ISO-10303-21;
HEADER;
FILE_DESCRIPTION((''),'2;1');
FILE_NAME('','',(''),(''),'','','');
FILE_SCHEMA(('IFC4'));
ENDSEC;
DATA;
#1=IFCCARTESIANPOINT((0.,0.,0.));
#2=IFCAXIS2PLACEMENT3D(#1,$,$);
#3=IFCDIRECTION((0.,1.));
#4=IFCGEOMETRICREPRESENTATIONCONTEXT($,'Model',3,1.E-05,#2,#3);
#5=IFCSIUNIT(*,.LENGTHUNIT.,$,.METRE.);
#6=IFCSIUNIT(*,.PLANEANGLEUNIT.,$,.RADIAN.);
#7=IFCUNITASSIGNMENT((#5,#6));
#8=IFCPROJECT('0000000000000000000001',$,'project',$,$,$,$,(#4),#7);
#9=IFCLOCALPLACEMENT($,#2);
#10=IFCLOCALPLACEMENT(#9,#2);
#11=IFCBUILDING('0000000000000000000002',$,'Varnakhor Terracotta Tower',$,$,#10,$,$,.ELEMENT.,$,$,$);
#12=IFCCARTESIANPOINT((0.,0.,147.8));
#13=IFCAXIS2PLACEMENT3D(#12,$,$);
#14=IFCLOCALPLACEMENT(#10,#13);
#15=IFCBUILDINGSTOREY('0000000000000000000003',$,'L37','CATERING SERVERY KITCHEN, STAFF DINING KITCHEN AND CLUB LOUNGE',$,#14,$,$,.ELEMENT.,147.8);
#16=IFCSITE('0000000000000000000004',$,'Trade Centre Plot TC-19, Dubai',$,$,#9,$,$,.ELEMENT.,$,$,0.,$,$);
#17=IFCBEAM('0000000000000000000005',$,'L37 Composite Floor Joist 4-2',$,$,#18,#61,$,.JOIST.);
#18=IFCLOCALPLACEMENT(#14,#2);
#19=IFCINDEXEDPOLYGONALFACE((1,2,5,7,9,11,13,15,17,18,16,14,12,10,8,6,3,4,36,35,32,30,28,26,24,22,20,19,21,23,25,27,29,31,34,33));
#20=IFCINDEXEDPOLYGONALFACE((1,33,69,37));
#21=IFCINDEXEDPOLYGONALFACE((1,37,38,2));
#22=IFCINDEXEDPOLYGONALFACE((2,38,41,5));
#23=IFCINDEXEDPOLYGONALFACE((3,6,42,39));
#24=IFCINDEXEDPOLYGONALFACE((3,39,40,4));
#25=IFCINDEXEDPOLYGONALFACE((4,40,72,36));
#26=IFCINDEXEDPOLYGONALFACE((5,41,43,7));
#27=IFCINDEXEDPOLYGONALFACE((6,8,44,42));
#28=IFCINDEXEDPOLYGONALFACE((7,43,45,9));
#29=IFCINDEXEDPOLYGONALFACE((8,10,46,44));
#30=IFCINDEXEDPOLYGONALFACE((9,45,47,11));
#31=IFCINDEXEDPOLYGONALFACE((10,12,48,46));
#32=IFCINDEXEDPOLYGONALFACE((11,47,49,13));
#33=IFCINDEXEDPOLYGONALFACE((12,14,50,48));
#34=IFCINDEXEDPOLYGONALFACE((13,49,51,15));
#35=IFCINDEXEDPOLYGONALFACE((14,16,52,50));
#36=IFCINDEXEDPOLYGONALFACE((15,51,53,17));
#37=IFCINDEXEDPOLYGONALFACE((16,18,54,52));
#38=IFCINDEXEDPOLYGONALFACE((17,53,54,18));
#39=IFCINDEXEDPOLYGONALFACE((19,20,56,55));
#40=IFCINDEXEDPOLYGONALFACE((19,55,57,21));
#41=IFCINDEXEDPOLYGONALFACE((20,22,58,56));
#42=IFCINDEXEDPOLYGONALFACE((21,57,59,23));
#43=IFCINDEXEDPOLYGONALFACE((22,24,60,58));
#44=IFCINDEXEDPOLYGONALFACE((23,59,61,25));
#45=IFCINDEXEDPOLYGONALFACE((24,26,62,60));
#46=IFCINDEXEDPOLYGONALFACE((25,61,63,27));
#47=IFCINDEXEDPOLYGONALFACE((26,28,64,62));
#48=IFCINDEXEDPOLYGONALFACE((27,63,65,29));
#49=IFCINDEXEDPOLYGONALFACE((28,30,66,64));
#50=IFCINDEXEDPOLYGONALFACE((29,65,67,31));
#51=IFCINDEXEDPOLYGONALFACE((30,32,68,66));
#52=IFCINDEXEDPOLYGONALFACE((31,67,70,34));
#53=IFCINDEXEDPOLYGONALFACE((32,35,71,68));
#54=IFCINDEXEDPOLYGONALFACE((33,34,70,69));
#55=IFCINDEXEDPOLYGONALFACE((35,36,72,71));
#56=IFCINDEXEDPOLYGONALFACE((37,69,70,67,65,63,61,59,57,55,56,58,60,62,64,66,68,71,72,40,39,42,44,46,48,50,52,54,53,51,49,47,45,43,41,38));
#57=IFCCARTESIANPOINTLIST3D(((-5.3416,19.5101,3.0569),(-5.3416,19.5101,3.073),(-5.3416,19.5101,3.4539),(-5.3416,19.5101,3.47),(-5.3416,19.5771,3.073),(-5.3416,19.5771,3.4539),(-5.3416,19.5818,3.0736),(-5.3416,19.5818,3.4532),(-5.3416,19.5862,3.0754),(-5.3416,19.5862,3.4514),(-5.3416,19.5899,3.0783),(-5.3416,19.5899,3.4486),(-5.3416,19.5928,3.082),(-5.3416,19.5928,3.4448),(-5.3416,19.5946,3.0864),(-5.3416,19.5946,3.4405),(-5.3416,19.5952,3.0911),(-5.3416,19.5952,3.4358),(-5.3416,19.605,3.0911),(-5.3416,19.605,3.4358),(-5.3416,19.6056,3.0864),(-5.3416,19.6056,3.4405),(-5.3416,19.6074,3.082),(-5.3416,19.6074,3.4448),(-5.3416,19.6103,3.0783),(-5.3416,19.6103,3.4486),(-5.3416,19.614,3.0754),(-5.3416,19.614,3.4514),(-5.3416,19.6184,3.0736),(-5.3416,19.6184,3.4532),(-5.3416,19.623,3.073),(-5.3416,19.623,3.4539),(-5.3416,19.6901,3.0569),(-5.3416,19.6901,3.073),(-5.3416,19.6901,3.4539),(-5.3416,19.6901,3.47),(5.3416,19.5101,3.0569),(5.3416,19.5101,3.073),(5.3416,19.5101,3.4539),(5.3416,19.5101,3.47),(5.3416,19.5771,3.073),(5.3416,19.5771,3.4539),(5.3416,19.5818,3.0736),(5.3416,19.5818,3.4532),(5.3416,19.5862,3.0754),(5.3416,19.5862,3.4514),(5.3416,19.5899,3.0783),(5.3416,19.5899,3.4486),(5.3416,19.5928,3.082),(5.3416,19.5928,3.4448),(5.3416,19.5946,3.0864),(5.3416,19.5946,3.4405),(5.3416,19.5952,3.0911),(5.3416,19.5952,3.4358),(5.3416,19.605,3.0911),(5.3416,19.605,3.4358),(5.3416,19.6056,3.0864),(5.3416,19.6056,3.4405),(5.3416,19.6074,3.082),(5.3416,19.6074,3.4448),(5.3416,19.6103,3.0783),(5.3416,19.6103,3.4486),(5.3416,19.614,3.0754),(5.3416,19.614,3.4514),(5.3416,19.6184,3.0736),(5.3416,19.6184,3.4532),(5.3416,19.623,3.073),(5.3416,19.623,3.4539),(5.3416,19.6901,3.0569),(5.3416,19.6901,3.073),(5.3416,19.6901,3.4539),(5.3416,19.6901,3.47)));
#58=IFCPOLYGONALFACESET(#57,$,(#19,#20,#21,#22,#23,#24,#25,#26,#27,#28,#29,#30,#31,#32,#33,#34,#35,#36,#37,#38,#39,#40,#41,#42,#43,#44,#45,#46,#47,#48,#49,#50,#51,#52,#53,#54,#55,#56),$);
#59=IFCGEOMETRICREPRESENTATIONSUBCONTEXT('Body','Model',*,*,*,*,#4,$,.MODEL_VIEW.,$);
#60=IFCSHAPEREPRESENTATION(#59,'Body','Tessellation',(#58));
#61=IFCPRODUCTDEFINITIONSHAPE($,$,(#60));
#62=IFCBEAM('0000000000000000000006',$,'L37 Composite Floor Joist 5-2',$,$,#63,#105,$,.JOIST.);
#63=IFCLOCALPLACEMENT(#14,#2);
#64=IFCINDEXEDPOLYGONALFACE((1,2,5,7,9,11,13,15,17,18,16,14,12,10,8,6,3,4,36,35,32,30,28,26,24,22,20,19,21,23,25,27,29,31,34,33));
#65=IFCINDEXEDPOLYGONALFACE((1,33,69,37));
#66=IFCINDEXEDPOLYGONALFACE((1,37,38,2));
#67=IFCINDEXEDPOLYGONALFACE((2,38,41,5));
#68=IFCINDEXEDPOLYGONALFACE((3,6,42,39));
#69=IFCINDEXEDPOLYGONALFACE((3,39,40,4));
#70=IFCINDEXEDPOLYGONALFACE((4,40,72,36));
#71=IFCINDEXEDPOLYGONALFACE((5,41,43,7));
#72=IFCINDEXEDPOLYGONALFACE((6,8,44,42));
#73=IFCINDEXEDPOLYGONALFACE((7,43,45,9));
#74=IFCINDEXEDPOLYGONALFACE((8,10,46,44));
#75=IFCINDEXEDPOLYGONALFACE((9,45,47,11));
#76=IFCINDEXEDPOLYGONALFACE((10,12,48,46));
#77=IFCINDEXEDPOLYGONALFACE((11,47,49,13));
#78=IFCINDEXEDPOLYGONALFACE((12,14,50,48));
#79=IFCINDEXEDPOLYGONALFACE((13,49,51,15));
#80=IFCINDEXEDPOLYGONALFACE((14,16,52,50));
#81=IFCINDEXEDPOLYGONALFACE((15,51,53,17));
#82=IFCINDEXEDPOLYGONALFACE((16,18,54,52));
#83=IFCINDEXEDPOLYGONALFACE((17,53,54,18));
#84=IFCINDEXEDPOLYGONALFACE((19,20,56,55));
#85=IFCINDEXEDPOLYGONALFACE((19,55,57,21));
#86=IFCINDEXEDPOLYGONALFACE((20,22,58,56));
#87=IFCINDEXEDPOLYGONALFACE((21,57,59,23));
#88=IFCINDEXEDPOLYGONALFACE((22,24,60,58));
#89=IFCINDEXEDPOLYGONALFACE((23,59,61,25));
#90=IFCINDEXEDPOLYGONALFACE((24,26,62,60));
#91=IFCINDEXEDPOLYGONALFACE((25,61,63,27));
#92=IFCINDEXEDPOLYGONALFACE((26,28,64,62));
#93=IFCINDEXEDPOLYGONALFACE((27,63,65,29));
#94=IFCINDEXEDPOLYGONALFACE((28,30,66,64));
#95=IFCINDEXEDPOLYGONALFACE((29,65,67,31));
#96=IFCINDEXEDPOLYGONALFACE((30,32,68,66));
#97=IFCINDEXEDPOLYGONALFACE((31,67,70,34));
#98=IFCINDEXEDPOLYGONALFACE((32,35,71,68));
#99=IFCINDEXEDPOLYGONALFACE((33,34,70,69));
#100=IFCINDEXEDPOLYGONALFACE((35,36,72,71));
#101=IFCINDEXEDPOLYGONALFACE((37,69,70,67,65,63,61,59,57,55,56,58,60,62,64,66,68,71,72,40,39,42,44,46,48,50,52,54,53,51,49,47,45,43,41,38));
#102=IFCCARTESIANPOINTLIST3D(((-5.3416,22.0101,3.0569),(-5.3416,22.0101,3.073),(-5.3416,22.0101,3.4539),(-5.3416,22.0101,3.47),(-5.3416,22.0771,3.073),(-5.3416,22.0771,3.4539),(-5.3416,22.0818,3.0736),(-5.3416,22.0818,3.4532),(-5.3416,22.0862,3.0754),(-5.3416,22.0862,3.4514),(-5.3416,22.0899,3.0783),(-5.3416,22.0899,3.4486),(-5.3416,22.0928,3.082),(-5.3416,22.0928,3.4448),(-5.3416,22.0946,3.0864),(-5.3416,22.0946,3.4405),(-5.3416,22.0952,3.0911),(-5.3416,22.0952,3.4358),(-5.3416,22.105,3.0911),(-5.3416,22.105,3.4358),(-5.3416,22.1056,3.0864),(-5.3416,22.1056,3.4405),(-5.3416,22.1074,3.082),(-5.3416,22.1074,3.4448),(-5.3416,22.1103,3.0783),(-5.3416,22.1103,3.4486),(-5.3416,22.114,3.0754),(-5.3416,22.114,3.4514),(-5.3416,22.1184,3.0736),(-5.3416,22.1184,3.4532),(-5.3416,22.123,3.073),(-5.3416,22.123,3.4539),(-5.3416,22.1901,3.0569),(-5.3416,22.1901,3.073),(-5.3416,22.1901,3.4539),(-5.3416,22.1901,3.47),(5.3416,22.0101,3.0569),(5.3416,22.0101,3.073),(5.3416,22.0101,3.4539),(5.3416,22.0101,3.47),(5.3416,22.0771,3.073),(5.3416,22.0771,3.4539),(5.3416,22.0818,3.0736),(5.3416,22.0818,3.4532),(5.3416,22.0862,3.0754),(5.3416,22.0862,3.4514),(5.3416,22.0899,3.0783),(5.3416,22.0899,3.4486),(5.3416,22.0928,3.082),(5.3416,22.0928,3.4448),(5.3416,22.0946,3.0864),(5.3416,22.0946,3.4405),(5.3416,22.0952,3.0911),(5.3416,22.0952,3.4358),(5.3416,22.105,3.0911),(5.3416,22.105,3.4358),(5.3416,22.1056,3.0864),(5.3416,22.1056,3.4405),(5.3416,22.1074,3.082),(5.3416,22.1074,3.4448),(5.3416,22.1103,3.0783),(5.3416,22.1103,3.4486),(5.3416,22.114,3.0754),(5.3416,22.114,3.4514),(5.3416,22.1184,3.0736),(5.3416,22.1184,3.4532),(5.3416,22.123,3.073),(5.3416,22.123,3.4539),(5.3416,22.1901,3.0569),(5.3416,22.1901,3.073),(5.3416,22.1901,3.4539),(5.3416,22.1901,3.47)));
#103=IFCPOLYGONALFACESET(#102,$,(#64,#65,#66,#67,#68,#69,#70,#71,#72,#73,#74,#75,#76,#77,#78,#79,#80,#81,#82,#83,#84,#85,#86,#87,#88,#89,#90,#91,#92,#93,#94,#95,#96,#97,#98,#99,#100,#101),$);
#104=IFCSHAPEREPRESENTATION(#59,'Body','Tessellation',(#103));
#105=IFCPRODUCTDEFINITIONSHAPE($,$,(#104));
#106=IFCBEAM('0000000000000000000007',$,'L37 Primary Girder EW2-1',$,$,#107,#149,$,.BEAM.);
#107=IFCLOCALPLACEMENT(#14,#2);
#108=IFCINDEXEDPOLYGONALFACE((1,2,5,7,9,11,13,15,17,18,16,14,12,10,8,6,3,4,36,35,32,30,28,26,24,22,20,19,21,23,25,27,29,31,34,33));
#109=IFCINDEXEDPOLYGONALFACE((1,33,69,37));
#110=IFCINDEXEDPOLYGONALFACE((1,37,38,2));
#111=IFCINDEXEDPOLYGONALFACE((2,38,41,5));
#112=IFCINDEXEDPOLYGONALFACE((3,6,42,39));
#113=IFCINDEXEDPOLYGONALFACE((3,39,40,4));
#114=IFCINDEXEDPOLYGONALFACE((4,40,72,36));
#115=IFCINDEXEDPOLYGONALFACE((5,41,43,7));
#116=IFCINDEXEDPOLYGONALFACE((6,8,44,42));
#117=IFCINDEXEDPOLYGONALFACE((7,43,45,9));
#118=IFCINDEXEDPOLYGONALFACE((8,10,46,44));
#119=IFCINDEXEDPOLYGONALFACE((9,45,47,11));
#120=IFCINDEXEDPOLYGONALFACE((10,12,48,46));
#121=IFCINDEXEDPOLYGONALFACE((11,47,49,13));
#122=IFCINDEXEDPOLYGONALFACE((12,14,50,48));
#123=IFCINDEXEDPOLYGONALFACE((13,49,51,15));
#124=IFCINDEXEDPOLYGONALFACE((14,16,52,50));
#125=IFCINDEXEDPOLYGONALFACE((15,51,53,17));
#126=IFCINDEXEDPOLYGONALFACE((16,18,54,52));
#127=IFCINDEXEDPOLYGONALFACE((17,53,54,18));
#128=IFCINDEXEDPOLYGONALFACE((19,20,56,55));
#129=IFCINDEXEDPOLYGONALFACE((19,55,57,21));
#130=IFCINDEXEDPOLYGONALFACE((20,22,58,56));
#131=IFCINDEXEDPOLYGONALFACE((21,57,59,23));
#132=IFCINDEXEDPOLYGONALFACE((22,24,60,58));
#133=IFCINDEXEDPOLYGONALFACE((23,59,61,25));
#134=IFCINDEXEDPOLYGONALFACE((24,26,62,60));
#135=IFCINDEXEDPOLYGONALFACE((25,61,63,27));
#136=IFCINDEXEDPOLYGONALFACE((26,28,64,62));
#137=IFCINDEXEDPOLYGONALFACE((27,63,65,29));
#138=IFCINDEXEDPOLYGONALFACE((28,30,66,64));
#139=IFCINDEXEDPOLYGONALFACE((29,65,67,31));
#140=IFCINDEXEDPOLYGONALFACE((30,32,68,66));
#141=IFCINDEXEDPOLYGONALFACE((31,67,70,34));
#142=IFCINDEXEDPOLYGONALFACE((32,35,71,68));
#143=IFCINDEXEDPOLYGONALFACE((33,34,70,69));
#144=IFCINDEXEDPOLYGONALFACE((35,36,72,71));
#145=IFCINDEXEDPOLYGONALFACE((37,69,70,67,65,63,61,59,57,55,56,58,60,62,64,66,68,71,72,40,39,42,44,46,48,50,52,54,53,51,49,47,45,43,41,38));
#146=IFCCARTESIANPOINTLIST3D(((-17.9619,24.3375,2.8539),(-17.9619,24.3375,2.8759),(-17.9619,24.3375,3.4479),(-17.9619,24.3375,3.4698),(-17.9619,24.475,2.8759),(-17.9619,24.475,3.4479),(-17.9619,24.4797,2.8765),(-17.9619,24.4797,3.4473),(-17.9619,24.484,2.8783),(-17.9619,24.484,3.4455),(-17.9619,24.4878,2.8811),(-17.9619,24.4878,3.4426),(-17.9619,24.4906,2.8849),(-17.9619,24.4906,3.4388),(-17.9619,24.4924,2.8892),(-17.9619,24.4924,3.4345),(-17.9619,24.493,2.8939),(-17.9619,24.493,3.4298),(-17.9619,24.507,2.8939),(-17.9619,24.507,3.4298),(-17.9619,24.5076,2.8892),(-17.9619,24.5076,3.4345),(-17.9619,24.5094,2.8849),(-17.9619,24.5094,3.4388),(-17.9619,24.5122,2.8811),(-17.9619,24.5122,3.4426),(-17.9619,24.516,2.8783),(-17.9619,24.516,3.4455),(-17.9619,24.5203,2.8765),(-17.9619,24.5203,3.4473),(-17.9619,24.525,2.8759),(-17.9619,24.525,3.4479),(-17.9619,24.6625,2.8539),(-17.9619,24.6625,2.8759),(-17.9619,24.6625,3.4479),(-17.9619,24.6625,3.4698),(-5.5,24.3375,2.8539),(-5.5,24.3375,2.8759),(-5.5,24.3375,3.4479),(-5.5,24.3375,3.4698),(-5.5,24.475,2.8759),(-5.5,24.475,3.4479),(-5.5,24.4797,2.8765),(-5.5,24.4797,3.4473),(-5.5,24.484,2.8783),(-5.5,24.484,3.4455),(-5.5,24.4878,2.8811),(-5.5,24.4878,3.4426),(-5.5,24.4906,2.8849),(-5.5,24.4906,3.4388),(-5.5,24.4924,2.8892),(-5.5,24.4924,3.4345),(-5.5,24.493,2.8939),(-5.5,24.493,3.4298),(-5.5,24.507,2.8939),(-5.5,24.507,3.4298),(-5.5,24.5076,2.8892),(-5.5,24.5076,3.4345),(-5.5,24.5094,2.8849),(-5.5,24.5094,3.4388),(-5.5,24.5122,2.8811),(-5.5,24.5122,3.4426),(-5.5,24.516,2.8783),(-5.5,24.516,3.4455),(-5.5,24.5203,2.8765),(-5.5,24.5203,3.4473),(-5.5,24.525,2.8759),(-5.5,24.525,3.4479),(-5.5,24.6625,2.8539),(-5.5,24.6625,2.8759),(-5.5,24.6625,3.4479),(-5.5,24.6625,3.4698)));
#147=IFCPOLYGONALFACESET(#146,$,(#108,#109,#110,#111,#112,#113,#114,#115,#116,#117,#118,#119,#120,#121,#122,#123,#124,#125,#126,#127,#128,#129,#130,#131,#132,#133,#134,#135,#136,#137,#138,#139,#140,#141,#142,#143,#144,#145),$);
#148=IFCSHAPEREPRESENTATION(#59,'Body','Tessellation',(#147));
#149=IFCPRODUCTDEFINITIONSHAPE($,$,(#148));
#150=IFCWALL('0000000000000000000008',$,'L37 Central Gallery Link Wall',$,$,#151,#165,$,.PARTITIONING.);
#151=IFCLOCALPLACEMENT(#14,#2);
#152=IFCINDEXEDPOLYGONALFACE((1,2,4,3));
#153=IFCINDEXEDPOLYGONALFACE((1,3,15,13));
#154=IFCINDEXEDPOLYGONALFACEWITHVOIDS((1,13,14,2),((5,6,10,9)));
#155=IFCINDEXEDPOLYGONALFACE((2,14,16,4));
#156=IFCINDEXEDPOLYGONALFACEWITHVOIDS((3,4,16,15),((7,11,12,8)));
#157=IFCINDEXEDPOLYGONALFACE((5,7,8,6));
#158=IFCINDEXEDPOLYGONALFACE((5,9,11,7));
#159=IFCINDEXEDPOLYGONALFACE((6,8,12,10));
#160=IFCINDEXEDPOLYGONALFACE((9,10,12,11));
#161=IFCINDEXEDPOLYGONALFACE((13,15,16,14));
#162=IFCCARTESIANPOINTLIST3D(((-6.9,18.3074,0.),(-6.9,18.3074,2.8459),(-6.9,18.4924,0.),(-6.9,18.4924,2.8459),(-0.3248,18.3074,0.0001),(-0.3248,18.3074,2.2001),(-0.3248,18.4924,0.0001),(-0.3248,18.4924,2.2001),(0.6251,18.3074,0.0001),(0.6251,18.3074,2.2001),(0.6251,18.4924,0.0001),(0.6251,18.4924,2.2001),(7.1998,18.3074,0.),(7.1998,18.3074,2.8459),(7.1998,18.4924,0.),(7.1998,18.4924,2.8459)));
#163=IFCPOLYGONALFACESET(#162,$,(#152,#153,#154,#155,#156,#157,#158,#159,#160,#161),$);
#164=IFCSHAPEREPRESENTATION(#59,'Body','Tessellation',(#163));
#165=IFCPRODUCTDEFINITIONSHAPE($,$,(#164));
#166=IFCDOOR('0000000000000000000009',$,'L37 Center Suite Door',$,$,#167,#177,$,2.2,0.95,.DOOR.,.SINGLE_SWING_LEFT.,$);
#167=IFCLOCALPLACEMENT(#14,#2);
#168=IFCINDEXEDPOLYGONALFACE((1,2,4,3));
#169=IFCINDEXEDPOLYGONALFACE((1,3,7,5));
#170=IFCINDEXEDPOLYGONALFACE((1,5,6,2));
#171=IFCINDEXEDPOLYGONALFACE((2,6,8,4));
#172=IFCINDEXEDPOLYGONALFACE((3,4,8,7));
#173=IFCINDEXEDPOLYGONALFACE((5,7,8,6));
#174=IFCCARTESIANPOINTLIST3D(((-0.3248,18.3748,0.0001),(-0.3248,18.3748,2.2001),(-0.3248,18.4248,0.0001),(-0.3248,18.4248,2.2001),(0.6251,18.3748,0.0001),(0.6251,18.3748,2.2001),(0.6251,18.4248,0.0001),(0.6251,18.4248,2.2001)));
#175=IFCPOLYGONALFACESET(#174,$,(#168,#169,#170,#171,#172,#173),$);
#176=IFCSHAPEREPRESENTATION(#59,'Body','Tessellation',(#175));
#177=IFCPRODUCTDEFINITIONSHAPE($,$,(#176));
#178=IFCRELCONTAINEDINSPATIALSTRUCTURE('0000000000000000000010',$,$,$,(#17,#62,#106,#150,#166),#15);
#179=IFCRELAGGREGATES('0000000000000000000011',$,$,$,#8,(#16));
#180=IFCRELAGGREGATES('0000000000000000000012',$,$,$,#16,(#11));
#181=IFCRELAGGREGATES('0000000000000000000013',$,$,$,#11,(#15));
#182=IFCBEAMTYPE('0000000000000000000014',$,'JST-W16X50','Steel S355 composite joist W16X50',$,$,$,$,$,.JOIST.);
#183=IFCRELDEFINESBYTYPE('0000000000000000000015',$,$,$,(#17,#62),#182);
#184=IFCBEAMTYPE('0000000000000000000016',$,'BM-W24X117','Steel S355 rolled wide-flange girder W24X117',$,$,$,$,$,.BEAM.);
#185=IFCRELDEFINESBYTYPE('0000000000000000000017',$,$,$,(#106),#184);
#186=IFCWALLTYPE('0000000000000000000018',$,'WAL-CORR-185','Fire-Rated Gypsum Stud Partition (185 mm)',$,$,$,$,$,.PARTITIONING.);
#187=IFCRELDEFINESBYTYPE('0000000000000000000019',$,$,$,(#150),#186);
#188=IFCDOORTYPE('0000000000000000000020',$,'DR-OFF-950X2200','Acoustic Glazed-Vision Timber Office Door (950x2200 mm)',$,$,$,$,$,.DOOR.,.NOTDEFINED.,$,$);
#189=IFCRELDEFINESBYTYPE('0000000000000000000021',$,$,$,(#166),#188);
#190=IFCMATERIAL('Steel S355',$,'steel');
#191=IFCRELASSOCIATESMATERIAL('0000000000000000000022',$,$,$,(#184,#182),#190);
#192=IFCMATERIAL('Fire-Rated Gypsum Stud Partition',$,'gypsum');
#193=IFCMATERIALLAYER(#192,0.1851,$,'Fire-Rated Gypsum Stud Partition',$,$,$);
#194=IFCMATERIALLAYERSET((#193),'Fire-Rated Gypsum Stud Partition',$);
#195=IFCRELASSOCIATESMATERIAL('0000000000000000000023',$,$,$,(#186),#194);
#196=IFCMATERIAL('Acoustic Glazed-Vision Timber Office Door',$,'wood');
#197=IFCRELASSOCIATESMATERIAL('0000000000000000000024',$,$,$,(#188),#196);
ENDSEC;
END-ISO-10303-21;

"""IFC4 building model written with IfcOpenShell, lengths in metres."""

from ifc_helpers import new_model, si_unit, direction, frame, frame_2d, origin, origin_2d, place, context, subcontext, project, spatial, rectangle, i_section, extrude, source, transform, mapped, material, layer, layer_set, material_profile, profile_set, type_object, type_shapes, element, fill, save


model = new_model("IFC4")

# Units and contexts
model_context = context("Model", 3, precision=1e-05, world=origin(), true_north=direction((0.0, 1.0)))
body_context = subcontext(model_context, "Body", "Model", "MODEL_VIEW")
ifc_project = project(units=[si_unit("LENGTHUNIT", "METRE"), si_unit("PLANEANGLEUNIT", "RADIAN")], contexts=[model_context])

# Site, building, storey
site_placement = place(None, origin())
site = spatial("IfcSite", under=ifc_project, at=site_placement, Name="Trade Centre Plot TC-19, Dubai", CompositionType="ELEMENT", RefElevation=0.0)
building_placement = place(site_placement, origin())
building = spatial("IfcBuilding", under=site, at=building_placement, Name="Varnakhor Terracotta Tower", CompositionType="ELEMENT")
storey_placement = place(building_placement, frame((0.0, 0.0, 147.8)))
storey = spatial("IfcBuildingStorey", under=building, at=storey_placement, Name="L37", Description="CATERING SERVERY KITCHEN, STAFF DINING KITCHEN AND CLUB LOUNGE", CompositionType="ELEMENT", Elevation=147.8)

# Beams
ifc_material_1 = material(Name="Steel S355", Category="steel")
ifc_material_profile_1 = material_profile(ifc_material_1, i_section(OverallWidth=0.325, OverallDepth=0.616, WebThickness=0.0139, FlangeThickness=0.022, FilletRadius=0.0181, at=origin_2d()), Name="W24X117")
ifc_profile_set_1 = profile_set([ifc_material_profile_1], Name="Steel S355")
beam_type_1 = type_object("IfcBeamType", Name="BM-W24X117", Description="Steel S355 rolled wide-flange girder W24X117", PredefinedType="BEAM", material=ifc_profile_set_1)
ifc_material_profile_2 = material_profile(ifc_material_1, i_section(OverallWidth=0.1799, OverallDepth=0.4131, WebThickness=0.0098, FlangeThickness=0.0161, FilletRadius=0.0181, at=origin_2d()), Name="W16X50")
ifc_profile_set_2 = profile_set([ifc_material_profile_2], Name="Steel S355")
beam_type_2 = type_object("IfcBeamType", Name="JST-W16X50", Description="Steel S355 composite joist W16X50", PredefinedType="JOIST", material=ifc_profile_set_2)
shared_shape_1 = source(origin(), body_context, "Body", "SweptSolid", [
    extrude(i_section(OverallWidth=0.1799, OverallDepth=0.4131, WebThickness=0.0098, FlangeThickness=0.0161, FilletRadius=0.0181, at=origin_2d()), origin(), (0.0, 0.0, 1.0), 10.6831),
])
for number, where, z_axis, x_axis, name in (
    (1, (-5.3416, 19.6001, 3.2634), (1.0, 0.0, 0.0), (0.0, 1.0, 0.0), "L37 Composite Floor Joist 4-2"),
    (2, (-5.3416, 22.1001, 3.2634), (1.0, 0.0, 0.0), (0.0, 1.0, 0.0), "L37 Composite Floor Joist 5-2"),
):
    element("IfcBeam", number, at=place(storey_placement, frame(where, z_axis=z_axis, x_axis=x_axis)), inside=storey, type_object=beam_type_2, Name=name, PredefinedType="JOIST", context=body_context, shape_type="MappedRepresentation", body=[
        mapped(shared_shape_1, transform((0.0, 0.0, 0.0), scale=1.0)),
    ])
shared_shape_2 = source(origin(), body_context, "Body", "SweptSolid", [
    extrude(i_section(OverallWidth=0.325, OverallDepth=0.616, WebThickness=0.0139, FlangeThickness=0.022, FilletRadius=0.0181, at=origin_2d()), origin(), (0.0, 0.0, 1.0), 12.4619),
])
beam_1_placement = place(storey_placement, frame((-17.9619, 24.5, 3.1619), z_axis=(1.0, 0.0, 0.0), x_axis=(0.0, 1.0, 0.0)))
element("IfcBeam", 3, at=beam_1_placement, inside=storey, type_object=beam_type_1, Name="L37 Primary Girder EW2-1", PredefinedType="BEAM", context=body_context, shape_type="MappedRepresentation", body=[
    mapped(shared_shape_2, transform((0.0, 0.0, 0.0), scale=1.0)),
])

# Wall, opening, door
ifc_material_2 = material(Name="Fire-Rated Gypsum Stud Partition", Category="gypsum")
ifc_layer_1 = layer(ifc_material_2, 0.1851, Name="Fire-Rated Gypsum Stud Partition")
ifc_layer_set_1 = layer_set([ifc_layer_1], Name="Fire-Rated Gypsum Stud Partition")
wall_type_1 = type_object("IfcWallType", Name="WAL-CORR-185", Description="Fire-Rated Gypsum Stud Partition (185 mm)", PredefinedType="PARTITIONING", material=ifc_layer_set_1)
wall_1_placement = place(storey_placement, frame((-6.8999, 18.3999, 0.0), z_axis=(0.0, 0.0, 1.0), x_axis=(1.0, 0.0, 0.0)))
wall_1 = element("IfcWall", 4, at=wall_1_placement, inside=storey, type_object=wall_type_1, Name="L37 Central Gallery Link Wall", PredefinedType="PARTITIONING", context=body_context, shape_type="SweptSolid", body=[
    extrude(rectangle(XDim=14.0999, YDim=0.1851, at=frame_2d((7.0498, 0.0))), origin(), (0.0, 0.0, 1.0), 2.8459),
])
opening_1_placement = place(wall_1_placement, frame((6.575, 0.0, 0.0)))
opening_1 = element("IfcOpeningElement", 5, at=opening_1_placement, cuts=wall_1, PredefinedType="OPENING", context=body_context, shape_type="SweptSolid", body=[
    extrude(rectangle(XDim=0.95, YDim=2.2, at=frame_2d((0.4751, 1.1001))), frame((0.0, 0.1025, 0.0), z_axis=(0.0, -1.0, 0.0), x_axis=(1.0, 0.0, 0.0)), (0.0, 0.0, 1.0), 0.2051),
])
ifc_material_3 = material(Name="Acoustic Glazed-Vision Timber Office Door", Category="wood")
door_type_1 = type_object("IfcDoorType", Name="DR-OFF-950X2200", Description="Acoustic Glazed-Vision Timber Office Door (950x2200 mm)", OperationType="NOTDEFINED", PredefinedType="DOOR", material=ifc_material_3)
shared_shape_3 = source(origin(), body_context, "Body", "SweptSolid", [
    extrude(rectangle(XDim=0.95, YDim=2.2, at=frame_2d((0.4751, 1.1001))), frame((0.0, 0.0249, 0.0), z_axis=(0.0, -1.0, 0.0), x_axis=(1.0, 0.0, 0.0)), (0.0, 0.0, 1.0), 0.05),
])
type_shapes(door_type_1, [shared_shape_3])
door_1_placement = place(opening_1_placement, origin())
door_1 = element("IfcDoor", 6, at=door_1_placement, inside=storey, type_object=door_type_1, Name="L37 Center Suite Door", OperationType="SINGLE_SWING_LEFT", OverallHeight=2.2, OverallWidth=0.95, PredefinedType="DOOR", context=body_context, shape_type="MappedRepresentation", body=[
    mapped(shared_shape_3, transform((0.0, 0.0, 0.0), scale=1.0)),
])
fill(opening_1, door_1)

save(model, "model.ifc")
